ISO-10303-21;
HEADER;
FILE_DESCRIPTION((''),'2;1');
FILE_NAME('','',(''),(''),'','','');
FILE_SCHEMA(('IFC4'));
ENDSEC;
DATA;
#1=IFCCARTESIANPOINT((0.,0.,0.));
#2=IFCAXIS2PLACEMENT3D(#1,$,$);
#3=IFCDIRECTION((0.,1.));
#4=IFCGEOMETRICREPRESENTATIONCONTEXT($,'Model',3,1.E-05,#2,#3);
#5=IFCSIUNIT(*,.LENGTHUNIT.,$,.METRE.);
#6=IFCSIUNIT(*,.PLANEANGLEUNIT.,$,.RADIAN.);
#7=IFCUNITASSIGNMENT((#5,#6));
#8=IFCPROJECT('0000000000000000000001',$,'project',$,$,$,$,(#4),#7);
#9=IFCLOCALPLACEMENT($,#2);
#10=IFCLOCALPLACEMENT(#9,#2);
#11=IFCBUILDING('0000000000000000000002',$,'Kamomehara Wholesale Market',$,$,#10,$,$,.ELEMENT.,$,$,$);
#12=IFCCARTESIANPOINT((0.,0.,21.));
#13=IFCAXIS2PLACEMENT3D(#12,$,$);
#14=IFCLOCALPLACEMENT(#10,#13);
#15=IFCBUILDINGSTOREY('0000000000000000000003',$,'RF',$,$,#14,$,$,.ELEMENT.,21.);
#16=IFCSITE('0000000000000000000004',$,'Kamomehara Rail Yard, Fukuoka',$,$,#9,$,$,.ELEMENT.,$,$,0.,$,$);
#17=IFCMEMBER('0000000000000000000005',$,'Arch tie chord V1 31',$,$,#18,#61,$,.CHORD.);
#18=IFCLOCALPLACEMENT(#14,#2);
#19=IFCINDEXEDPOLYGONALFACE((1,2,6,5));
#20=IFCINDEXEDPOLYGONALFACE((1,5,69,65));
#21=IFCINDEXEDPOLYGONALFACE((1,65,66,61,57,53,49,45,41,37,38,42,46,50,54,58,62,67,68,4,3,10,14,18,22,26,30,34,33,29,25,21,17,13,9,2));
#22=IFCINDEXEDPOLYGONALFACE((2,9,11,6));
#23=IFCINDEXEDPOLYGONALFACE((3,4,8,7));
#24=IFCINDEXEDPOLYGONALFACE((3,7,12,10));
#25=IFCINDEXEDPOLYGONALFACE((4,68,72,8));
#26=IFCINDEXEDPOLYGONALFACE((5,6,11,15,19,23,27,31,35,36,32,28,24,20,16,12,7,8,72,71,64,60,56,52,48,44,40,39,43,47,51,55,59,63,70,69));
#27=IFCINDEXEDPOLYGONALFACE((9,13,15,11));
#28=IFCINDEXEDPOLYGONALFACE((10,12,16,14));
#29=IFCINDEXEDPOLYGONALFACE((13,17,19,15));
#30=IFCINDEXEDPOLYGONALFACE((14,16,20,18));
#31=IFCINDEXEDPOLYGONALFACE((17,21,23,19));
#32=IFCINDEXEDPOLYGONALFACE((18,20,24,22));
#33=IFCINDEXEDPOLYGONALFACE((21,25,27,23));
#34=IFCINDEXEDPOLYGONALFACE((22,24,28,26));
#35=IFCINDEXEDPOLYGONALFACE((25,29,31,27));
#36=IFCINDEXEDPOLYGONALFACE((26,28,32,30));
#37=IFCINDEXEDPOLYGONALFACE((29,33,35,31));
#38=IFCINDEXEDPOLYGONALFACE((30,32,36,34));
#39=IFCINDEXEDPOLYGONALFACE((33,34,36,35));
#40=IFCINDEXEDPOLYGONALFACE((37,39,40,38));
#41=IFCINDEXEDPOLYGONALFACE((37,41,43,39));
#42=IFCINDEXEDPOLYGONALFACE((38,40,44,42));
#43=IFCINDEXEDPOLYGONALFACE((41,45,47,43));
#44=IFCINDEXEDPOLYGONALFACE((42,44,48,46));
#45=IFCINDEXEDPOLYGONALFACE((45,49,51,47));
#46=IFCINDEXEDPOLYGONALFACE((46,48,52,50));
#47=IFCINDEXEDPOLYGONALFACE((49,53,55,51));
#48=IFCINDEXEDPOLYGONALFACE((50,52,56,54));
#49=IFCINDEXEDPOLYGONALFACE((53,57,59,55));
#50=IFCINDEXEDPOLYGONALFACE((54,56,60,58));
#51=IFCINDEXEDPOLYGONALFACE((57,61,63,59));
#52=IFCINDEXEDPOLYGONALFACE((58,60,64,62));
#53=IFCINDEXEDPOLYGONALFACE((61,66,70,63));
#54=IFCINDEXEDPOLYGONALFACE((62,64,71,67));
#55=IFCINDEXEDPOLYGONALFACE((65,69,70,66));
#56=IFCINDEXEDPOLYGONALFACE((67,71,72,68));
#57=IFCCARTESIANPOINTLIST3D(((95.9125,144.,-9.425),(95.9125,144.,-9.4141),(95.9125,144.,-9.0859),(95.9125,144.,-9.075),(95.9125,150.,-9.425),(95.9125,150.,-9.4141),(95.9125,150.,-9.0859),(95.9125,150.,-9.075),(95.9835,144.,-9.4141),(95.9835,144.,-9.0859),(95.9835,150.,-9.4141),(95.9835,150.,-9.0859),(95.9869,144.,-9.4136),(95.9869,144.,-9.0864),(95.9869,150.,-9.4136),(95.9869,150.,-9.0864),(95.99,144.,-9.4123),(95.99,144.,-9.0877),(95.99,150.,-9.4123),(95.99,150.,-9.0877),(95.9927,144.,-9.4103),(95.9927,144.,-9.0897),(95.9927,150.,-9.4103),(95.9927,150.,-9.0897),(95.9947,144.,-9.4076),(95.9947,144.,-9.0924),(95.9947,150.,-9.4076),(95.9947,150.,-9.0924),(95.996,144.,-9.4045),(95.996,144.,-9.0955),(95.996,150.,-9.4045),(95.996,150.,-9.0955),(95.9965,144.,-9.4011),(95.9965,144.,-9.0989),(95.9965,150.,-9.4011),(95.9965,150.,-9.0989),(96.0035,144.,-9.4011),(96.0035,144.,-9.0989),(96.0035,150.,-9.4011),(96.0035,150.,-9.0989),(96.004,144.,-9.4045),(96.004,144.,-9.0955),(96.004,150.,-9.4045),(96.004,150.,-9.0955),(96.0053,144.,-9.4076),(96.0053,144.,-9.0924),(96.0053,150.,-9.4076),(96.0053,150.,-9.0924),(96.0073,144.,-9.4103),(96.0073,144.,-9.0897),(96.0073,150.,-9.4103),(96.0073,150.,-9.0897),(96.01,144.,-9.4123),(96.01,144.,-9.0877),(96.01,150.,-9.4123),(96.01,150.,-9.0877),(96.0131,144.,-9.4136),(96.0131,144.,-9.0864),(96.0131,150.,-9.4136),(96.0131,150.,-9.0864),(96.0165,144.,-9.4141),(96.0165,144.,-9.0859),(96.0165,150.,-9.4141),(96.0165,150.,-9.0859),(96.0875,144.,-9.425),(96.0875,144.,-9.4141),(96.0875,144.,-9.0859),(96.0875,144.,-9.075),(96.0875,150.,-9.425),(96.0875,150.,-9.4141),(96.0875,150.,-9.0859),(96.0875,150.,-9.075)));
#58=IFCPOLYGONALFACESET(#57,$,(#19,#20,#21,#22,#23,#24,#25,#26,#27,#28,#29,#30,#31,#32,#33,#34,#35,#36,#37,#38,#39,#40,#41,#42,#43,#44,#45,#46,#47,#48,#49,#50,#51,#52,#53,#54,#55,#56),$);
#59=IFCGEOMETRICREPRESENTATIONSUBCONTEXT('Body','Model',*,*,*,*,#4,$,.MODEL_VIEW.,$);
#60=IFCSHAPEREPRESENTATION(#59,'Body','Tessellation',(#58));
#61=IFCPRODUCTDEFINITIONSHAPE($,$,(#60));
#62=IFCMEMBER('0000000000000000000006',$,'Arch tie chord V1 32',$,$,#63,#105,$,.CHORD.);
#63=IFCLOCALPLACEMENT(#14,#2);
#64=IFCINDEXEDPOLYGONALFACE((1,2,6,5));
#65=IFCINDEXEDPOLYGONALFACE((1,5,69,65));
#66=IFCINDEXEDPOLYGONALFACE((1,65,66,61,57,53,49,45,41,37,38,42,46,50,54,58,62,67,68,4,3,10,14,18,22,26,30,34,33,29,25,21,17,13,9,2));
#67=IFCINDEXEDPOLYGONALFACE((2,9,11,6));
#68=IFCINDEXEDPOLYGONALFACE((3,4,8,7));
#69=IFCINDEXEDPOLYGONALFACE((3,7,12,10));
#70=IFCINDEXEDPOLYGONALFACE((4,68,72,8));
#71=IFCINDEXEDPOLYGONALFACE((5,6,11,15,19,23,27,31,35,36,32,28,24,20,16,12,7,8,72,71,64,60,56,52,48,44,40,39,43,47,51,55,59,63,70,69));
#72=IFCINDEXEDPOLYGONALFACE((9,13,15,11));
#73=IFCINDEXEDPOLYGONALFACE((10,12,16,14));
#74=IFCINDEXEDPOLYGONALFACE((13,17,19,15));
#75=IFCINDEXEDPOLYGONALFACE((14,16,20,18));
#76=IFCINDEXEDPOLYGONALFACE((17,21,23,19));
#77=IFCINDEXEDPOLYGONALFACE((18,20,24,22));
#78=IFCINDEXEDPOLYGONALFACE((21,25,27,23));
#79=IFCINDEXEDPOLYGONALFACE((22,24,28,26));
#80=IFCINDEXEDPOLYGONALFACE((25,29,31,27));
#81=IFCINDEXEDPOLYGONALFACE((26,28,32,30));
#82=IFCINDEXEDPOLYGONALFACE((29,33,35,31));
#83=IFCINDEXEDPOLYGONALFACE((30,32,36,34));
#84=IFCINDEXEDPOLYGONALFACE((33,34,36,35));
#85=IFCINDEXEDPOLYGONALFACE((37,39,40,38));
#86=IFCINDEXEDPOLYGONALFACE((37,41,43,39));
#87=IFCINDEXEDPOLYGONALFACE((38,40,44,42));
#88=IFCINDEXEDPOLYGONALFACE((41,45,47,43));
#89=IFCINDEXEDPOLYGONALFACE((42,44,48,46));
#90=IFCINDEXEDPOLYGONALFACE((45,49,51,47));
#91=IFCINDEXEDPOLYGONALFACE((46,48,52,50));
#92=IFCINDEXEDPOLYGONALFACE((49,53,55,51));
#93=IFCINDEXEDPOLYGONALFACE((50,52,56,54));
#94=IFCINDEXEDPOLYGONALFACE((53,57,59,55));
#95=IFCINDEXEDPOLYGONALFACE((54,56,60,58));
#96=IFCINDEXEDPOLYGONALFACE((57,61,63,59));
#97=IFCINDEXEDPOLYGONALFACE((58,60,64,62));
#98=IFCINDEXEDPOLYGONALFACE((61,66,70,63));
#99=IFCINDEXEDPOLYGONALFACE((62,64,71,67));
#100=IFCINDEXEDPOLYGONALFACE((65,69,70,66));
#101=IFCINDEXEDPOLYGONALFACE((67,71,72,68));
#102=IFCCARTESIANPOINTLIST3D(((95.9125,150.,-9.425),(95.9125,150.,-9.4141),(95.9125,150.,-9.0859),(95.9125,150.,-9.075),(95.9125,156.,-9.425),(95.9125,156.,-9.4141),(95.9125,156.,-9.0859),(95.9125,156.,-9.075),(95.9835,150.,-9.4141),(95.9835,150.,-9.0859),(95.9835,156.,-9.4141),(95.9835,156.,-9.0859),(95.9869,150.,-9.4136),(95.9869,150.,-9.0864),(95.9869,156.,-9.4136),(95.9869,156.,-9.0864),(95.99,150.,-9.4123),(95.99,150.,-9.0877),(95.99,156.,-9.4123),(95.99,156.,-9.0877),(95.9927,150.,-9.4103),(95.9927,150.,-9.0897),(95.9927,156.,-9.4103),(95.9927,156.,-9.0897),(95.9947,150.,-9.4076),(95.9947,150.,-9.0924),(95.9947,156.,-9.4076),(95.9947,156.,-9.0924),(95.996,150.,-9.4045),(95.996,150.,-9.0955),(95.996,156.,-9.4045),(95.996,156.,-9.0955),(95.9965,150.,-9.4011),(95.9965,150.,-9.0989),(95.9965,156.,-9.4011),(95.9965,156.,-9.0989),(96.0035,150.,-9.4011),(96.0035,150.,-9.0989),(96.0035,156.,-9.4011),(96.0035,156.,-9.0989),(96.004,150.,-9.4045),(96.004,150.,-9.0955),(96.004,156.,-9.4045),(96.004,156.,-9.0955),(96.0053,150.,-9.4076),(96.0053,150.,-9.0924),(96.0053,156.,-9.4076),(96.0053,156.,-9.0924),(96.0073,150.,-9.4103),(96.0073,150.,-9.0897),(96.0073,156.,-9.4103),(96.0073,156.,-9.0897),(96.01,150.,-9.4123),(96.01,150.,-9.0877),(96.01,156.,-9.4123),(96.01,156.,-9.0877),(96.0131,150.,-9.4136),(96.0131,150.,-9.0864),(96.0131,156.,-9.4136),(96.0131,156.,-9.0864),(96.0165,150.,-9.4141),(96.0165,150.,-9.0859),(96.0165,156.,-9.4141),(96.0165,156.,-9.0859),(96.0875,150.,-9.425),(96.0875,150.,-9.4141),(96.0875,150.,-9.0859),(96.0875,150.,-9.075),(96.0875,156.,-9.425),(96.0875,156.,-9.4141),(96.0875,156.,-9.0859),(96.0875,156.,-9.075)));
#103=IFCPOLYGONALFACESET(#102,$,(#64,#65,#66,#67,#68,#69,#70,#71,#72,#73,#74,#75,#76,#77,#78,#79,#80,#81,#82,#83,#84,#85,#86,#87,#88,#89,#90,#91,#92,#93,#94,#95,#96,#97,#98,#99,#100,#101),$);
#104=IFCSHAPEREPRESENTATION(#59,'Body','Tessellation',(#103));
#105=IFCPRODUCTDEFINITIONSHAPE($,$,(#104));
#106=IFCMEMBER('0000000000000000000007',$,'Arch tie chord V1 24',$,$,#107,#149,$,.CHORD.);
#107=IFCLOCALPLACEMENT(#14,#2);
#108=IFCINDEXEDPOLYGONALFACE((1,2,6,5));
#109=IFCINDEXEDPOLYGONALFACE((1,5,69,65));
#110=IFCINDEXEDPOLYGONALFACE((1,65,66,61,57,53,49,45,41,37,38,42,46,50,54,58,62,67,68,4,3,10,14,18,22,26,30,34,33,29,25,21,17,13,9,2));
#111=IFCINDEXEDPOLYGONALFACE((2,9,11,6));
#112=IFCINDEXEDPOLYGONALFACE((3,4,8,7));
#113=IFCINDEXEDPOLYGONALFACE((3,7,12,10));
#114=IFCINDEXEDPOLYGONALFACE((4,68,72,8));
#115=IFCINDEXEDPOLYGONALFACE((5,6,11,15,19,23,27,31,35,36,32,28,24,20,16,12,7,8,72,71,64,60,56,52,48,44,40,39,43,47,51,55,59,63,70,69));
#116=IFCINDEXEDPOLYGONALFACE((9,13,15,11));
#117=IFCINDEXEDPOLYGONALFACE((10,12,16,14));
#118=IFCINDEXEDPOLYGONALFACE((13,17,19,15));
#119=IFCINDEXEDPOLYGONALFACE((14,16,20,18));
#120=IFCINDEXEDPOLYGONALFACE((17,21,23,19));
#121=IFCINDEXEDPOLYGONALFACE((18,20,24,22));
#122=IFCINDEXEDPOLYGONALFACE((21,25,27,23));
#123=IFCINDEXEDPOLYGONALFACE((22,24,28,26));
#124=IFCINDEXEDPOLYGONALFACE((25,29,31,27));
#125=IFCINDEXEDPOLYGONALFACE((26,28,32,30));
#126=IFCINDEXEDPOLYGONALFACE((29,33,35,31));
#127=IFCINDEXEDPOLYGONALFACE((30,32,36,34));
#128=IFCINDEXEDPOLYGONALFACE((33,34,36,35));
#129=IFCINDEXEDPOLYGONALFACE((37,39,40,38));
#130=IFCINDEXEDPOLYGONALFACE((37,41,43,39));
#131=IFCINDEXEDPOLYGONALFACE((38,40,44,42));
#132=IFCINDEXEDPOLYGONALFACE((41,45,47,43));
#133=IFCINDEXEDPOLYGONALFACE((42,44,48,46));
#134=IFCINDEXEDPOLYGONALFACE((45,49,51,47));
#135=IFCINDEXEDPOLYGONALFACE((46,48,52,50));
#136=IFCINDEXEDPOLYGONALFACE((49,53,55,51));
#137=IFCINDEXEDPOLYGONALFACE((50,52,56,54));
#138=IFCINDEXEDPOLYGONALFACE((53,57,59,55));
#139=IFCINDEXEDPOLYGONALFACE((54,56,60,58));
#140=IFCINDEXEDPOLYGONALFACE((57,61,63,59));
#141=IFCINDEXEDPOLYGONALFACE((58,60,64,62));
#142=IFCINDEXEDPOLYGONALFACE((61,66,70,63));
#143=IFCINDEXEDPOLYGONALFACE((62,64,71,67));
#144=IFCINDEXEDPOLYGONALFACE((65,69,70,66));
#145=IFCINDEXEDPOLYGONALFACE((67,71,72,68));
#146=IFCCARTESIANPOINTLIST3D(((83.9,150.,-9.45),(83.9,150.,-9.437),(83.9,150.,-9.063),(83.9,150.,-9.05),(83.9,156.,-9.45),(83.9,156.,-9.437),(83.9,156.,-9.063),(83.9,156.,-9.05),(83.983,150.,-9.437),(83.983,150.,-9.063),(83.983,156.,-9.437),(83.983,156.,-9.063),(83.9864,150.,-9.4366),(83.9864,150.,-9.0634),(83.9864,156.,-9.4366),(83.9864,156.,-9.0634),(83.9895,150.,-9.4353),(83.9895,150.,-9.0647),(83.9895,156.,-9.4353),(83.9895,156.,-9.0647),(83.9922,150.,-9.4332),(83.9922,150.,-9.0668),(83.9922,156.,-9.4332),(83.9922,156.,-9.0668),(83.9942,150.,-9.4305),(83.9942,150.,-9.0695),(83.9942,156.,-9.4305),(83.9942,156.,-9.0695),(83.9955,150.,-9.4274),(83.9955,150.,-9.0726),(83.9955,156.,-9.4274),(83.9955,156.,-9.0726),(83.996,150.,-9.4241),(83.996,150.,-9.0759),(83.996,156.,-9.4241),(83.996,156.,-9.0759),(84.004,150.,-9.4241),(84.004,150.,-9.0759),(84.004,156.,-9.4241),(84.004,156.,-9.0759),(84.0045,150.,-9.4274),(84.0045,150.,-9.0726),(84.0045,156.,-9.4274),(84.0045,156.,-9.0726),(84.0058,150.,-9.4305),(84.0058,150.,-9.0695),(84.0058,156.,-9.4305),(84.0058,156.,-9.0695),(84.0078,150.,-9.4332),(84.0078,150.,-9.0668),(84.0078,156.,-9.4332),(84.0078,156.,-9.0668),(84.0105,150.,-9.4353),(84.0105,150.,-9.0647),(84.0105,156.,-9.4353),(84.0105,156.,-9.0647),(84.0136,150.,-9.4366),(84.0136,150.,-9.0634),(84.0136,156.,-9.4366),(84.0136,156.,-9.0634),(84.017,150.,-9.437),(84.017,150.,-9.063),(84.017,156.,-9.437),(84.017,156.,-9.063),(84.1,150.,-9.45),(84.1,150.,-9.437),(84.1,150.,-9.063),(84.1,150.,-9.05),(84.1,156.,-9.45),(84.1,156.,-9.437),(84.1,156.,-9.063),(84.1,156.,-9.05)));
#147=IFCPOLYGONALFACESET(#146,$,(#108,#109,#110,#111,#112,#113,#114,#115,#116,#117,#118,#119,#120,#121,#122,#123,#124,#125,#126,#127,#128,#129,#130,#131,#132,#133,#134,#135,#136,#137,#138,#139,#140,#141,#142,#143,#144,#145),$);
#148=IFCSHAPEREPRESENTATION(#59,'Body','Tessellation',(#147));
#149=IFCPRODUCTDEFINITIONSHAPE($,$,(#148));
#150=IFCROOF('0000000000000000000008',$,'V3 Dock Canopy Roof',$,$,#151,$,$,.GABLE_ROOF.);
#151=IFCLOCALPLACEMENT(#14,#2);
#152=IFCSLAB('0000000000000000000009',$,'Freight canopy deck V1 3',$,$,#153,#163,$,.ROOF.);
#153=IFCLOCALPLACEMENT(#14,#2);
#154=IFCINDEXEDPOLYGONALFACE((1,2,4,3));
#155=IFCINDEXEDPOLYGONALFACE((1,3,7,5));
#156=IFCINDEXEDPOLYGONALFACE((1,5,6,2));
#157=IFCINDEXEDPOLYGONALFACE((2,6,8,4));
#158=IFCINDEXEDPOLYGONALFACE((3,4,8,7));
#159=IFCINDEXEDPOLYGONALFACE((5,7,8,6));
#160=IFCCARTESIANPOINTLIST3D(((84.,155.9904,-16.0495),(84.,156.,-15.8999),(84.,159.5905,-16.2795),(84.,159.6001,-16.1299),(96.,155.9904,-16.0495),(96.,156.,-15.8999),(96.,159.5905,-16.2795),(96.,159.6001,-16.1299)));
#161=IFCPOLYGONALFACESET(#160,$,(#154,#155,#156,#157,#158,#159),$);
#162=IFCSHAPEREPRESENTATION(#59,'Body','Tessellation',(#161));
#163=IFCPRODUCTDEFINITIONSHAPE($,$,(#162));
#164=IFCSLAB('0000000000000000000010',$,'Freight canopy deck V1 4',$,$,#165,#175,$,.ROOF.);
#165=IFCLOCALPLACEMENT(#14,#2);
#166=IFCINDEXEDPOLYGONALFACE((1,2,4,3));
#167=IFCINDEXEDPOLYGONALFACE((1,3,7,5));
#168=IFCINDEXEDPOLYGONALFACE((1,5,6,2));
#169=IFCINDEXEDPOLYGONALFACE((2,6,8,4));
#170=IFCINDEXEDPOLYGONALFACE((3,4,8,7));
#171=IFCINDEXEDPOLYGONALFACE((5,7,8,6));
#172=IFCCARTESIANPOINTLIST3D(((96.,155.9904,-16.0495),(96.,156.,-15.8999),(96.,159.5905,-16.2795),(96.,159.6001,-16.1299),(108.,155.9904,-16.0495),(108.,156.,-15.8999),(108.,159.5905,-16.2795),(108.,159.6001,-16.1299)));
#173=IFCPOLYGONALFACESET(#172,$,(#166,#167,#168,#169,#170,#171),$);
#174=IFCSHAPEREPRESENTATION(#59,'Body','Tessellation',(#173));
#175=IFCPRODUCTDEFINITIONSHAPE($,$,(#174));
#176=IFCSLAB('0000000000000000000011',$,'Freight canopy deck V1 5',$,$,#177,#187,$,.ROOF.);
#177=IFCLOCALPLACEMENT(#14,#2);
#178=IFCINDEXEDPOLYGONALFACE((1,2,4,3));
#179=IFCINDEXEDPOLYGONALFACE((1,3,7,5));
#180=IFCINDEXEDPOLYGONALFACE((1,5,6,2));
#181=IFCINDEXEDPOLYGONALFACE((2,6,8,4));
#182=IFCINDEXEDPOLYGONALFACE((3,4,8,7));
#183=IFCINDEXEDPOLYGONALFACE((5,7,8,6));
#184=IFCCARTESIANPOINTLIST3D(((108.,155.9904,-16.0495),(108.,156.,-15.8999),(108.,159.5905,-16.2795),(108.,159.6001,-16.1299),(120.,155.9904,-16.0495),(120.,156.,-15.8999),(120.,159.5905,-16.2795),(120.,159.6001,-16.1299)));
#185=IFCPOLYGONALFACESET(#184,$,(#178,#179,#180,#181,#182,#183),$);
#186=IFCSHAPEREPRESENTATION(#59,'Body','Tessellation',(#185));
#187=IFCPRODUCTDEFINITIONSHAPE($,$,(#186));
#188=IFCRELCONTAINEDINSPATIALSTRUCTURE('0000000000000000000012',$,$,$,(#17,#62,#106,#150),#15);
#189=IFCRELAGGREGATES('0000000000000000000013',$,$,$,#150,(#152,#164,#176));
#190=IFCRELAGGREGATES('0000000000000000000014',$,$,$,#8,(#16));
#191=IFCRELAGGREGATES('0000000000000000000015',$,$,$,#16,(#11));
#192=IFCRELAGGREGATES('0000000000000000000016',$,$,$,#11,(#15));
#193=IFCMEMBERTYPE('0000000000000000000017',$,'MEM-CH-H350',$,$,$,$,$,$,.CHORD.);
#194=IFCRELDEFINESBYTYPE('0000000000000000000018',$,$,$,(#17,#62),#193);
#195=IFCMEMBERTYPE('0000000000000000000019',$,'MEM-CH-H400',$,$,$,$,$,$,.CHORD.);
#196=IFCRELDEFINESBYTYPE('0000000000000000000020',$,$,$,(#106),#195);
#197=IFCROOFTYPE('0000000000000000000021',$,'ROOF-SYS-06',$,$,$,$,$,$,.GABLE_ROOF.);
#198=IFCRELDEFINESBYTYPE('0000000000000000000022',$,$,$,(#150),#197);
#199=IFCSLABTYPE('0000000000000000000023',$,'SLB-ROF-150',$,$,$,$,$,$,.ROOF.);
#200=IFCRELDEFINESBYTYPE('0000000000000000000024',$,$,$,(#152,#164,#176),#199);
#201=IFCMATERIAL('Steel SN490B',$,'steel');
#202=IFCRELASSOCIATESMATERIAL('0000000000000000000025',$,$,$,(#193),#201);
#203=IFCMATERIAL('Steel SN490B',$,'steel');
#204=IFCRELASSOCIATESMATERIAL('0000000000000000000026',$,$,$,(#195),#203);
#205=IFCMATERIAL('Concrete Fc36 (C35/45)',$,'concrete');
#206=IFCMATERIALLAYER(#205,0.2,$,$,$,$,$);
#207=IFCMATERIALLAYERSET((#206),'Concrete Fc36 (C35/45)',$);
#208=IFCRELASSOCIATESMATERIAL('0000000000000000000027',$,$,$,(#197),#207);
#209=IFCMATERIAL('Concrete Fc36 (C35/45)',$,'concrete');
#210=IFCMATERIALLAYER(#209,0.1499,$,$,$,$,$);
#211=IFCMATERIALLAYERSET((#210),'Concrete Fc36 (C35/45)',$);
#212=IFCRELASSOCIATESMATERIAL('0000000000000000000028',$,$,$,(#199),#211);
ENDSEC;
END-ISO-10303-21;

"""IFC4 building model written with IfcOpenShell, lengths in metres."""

from ifc_helpers import new_model, si_unit, direction, frame, origin, origin_2d, place, context, subcontext, project, spatial, polyline, i_section, outline, extrude, material, layer, layer_set, material_profile, profile_set, type_object, element, aggregate, save


model = new_model("IFC4")

# Units and contexts
model_context = context("Model", 3, precision=1e-05, world=origin(), true_north=direction((0.0, 1.0)))
body_context = subcontext(model_context, "Body", "Model", "MODEL_VIEW")
ifc_project = project(units=[si_unit("LENGTHUNIT", "METRE"), si_unit("PLANEANGLEUNIT", "RADIAN")], contexts=[model_context])

# Site, building, storey
site_placement = place(None, origin())
site = spatial("IfcSite", under=ifc_project, at=site_placement, Name="Kamomehara Rail Yard, Fukuoka", CompositionType="ELEMENT", RefElevation=0.0)
building_placement = place(site_placement, origin())
building = spatial("IfcBuilding", under=site, at=building_placement, Name="Kamomehara Wholesale Market", CompositionType="ELEMENT")
storey_placement = place(building_placement, frame((0.0, 0.0, 21.0)))
storey = spatial("IfcBuildingStorey", under=building, at=storey_placement, Name="RF", CompositionType="ELEMENT", Elevation=21.0)

# Members
ifc_material_1 = material(Name="Steel SN490B", Category="steel")
ifc_material_profile_1 = material_profile(ifc_material_1, i_section(OverallWidth=0.175, OverallDepth=0.3501, WebThickness=0.0071, FlangeThickness=0.011, FilletRadius=0.0129, at=origin_2d()), Name="H-350x175x7x11")
ifc_profile_set_1 = profile_set([ifc_material_profile_1], Name="Steel SN490B")
member_type_1 = type_object("IfcMemberType", Name="MEM-CH-H350", PredefinedType="CHORD", material=ifc_profile_set_1)
for number, where, z_axis, x_axis, name in (
    (1, (96.0, 144.0, -9.25), (0.0, 1.0, 0.0), (-1.0, 0.0, 0.0), "Arch tie chord V1 31"),
    (2, (96.0, 150.0, -9.25), (0.0, 1.0, 0.0), (-1.0, 0.0, 0.0), "Arch tie chord V1 32"),
):
    element("IfcMember", number, at=place(storey_placement, frame(where, z_axis=z_axis, x_axis=x_axis)), inside=storey, type_object=member_type_1, Name=name, PredefinedType="CHORD", context=body_context, shape_type="SweptSolid", body=[
        extrude(i_section(OverallWidth=0.175, OverallDepth=0.3501, WebThickness=0.0071, FlangeThickness=0.011, FilletRadius=0.0129, at=origin_2d()), origin(), (0.0, 0.0, 1.0), 6.0),
    ])
ifc_material_2 = material(Name="Steel SN490B", Category="steel")
ifc_material_profile_2 = material_profile(ifc_material_2, i_section(OverallWidth=0.2, OverallDepth=0.3999, WebThickness=0.0081, FlangeThickness=0.0129, FilletRadius=0.0129, at=origin_2d()), Name="H-400x200x8x13")
ifc_profile_set_2 = profile_set([ifc_material_profile_2], Name="Steel SN490B")
member_type_2 = type_object("IfcMemberType", Name="MEM-CH-H400", PredefinedType="CHORD", material=ifc_profile_set_2)
member_1_placement = place(storey_placement, frame((84.0, 150.0, -9.25), z_axis=(0.0, 1.0, 0.0), x_axis=(-1.0, 0.0, 0.0)))
element("IfcMember", 3, at=member_1_placement, inside=storey, type_object=member_type_2, Name="Arch tie chord V1 24", PredefinedType="CHORD", context=body_context, shape_type="SweptSolid", body=[
    extrude(i_section(OverallWidth=0.2, OverallDepth=0.3999, WebThickness=0.0081, FlangeThickness=0.0129, FilletRadius=0.0129, at=origin_2d()), origin(), (0.0, 0.0, 1.0), 6.0),
])

# Roof, slabs
ifc_material_3 = material(Name="Concrete Fc36 (C35/45)", Category="concrete")
ifc_layer_1 = layer(ifc_material_3, 0.2)
ifc_layer_set_1 = layer_set([ifc_layer_1], Name="Concrete Fc36 (C35/45)")
roof_type_1 = type_object("IfcRoofType", Name="ROOF-SYS-06", PredefinedType="GABLE_ROOF", material=ifc_layer_set_1)
roof_1_placement = place(storey_placement, origin())
roof_1 = element("IfcRoof", 4, at=roof_1_placement, inside=storey, type_object=roof_type_1, Name="V3 Dock Canopy Roof", PredefinedType="GABLE_ROOF")
ifc_material_4 = material(Name="Concrete Fc36 (C35/45)", Category="concrete")
ifc_layer_2 = layer(ifc_material_4, 0.1499)
ifc_layer_set_2 = layer_set([ifc_layer_2], Name="Concrete Fc36 (C35/45)")
slab_type_1 = type_object("IfcSlabType", Name="SLB-ROF-150", PredefinedType="ROOF", material=ifc_layer_set_2)
slab_1_placement = place(storey_placement, frame((84.0, 156.0, -15.8999), z_axis=(0.0, 0.063752, 0.997966), x_axis=(1.0, 0.0, 0.0)))
slab_1 = element("IfcSlab", 5, at=slab_1_placement, type_object=slab_type_1, Name="Freight canopy deck V1 3", PredefinedType="ROOF", context=body_context, shape_type="SweptSolid", body=[
    extrude(outline(polyline([(0.0, 0.0), (12.0, 0.0), (12.0, 3.6074), (0.0, 3.6074), (0.0, 0.0)])), origin(), (0.0, 0.0, -1.0), 0.1499),
])
slab_2_placement = place(storey_placement, frame((96.0, 156.0, -15.8999), z_axis=(0.0, 0.063752, 0.997966), x_axis=(1.0, 0.0, 0.0)))
slab_2 = element("IfcSlab", 6, at=slab_2_placement, type_object=slab_type_1, Name="Freight canopy deck V1 4", PredefinedType="ROOF", context=body_context, shape_type="SweptSolid", body=[
    extrude(outline(polyline([(0.0, 0.0), (12.0, 0.0), (12.0, 3.6074), (0.0, 3.6074), (0.0, 0.0)])), origin(), (0.0, 0.0, -1.0), 0.1499),
])
slab_3_placement = place(storey_placement, frame((108.0, 156.0, -15.8999), z_axis=(0.0, 0.063752, 0.997966), x_axis=(1.0, 0.0, 0.0)))
slab_3 = element("IfcSlab", 7, at=slab_3_placement, type_object=slab_type_1, Name="Freight canopy deck V1 5", PredefinedType="ROOF", context=body_context, shape_type="SweptSolid", body=[
    extrude(outline(polyline([(0.0, 0.0), (12.0, 0.0), (12.0, 3.6074), (0.0, 3.6074), (0.0, 0.0)])), origin(), (0.0, 0.0, -1.0), 0.1499),
])
aggregate(roof_1, [slab_1, slab_2, slab_3])

save(model, "model.ifc")
